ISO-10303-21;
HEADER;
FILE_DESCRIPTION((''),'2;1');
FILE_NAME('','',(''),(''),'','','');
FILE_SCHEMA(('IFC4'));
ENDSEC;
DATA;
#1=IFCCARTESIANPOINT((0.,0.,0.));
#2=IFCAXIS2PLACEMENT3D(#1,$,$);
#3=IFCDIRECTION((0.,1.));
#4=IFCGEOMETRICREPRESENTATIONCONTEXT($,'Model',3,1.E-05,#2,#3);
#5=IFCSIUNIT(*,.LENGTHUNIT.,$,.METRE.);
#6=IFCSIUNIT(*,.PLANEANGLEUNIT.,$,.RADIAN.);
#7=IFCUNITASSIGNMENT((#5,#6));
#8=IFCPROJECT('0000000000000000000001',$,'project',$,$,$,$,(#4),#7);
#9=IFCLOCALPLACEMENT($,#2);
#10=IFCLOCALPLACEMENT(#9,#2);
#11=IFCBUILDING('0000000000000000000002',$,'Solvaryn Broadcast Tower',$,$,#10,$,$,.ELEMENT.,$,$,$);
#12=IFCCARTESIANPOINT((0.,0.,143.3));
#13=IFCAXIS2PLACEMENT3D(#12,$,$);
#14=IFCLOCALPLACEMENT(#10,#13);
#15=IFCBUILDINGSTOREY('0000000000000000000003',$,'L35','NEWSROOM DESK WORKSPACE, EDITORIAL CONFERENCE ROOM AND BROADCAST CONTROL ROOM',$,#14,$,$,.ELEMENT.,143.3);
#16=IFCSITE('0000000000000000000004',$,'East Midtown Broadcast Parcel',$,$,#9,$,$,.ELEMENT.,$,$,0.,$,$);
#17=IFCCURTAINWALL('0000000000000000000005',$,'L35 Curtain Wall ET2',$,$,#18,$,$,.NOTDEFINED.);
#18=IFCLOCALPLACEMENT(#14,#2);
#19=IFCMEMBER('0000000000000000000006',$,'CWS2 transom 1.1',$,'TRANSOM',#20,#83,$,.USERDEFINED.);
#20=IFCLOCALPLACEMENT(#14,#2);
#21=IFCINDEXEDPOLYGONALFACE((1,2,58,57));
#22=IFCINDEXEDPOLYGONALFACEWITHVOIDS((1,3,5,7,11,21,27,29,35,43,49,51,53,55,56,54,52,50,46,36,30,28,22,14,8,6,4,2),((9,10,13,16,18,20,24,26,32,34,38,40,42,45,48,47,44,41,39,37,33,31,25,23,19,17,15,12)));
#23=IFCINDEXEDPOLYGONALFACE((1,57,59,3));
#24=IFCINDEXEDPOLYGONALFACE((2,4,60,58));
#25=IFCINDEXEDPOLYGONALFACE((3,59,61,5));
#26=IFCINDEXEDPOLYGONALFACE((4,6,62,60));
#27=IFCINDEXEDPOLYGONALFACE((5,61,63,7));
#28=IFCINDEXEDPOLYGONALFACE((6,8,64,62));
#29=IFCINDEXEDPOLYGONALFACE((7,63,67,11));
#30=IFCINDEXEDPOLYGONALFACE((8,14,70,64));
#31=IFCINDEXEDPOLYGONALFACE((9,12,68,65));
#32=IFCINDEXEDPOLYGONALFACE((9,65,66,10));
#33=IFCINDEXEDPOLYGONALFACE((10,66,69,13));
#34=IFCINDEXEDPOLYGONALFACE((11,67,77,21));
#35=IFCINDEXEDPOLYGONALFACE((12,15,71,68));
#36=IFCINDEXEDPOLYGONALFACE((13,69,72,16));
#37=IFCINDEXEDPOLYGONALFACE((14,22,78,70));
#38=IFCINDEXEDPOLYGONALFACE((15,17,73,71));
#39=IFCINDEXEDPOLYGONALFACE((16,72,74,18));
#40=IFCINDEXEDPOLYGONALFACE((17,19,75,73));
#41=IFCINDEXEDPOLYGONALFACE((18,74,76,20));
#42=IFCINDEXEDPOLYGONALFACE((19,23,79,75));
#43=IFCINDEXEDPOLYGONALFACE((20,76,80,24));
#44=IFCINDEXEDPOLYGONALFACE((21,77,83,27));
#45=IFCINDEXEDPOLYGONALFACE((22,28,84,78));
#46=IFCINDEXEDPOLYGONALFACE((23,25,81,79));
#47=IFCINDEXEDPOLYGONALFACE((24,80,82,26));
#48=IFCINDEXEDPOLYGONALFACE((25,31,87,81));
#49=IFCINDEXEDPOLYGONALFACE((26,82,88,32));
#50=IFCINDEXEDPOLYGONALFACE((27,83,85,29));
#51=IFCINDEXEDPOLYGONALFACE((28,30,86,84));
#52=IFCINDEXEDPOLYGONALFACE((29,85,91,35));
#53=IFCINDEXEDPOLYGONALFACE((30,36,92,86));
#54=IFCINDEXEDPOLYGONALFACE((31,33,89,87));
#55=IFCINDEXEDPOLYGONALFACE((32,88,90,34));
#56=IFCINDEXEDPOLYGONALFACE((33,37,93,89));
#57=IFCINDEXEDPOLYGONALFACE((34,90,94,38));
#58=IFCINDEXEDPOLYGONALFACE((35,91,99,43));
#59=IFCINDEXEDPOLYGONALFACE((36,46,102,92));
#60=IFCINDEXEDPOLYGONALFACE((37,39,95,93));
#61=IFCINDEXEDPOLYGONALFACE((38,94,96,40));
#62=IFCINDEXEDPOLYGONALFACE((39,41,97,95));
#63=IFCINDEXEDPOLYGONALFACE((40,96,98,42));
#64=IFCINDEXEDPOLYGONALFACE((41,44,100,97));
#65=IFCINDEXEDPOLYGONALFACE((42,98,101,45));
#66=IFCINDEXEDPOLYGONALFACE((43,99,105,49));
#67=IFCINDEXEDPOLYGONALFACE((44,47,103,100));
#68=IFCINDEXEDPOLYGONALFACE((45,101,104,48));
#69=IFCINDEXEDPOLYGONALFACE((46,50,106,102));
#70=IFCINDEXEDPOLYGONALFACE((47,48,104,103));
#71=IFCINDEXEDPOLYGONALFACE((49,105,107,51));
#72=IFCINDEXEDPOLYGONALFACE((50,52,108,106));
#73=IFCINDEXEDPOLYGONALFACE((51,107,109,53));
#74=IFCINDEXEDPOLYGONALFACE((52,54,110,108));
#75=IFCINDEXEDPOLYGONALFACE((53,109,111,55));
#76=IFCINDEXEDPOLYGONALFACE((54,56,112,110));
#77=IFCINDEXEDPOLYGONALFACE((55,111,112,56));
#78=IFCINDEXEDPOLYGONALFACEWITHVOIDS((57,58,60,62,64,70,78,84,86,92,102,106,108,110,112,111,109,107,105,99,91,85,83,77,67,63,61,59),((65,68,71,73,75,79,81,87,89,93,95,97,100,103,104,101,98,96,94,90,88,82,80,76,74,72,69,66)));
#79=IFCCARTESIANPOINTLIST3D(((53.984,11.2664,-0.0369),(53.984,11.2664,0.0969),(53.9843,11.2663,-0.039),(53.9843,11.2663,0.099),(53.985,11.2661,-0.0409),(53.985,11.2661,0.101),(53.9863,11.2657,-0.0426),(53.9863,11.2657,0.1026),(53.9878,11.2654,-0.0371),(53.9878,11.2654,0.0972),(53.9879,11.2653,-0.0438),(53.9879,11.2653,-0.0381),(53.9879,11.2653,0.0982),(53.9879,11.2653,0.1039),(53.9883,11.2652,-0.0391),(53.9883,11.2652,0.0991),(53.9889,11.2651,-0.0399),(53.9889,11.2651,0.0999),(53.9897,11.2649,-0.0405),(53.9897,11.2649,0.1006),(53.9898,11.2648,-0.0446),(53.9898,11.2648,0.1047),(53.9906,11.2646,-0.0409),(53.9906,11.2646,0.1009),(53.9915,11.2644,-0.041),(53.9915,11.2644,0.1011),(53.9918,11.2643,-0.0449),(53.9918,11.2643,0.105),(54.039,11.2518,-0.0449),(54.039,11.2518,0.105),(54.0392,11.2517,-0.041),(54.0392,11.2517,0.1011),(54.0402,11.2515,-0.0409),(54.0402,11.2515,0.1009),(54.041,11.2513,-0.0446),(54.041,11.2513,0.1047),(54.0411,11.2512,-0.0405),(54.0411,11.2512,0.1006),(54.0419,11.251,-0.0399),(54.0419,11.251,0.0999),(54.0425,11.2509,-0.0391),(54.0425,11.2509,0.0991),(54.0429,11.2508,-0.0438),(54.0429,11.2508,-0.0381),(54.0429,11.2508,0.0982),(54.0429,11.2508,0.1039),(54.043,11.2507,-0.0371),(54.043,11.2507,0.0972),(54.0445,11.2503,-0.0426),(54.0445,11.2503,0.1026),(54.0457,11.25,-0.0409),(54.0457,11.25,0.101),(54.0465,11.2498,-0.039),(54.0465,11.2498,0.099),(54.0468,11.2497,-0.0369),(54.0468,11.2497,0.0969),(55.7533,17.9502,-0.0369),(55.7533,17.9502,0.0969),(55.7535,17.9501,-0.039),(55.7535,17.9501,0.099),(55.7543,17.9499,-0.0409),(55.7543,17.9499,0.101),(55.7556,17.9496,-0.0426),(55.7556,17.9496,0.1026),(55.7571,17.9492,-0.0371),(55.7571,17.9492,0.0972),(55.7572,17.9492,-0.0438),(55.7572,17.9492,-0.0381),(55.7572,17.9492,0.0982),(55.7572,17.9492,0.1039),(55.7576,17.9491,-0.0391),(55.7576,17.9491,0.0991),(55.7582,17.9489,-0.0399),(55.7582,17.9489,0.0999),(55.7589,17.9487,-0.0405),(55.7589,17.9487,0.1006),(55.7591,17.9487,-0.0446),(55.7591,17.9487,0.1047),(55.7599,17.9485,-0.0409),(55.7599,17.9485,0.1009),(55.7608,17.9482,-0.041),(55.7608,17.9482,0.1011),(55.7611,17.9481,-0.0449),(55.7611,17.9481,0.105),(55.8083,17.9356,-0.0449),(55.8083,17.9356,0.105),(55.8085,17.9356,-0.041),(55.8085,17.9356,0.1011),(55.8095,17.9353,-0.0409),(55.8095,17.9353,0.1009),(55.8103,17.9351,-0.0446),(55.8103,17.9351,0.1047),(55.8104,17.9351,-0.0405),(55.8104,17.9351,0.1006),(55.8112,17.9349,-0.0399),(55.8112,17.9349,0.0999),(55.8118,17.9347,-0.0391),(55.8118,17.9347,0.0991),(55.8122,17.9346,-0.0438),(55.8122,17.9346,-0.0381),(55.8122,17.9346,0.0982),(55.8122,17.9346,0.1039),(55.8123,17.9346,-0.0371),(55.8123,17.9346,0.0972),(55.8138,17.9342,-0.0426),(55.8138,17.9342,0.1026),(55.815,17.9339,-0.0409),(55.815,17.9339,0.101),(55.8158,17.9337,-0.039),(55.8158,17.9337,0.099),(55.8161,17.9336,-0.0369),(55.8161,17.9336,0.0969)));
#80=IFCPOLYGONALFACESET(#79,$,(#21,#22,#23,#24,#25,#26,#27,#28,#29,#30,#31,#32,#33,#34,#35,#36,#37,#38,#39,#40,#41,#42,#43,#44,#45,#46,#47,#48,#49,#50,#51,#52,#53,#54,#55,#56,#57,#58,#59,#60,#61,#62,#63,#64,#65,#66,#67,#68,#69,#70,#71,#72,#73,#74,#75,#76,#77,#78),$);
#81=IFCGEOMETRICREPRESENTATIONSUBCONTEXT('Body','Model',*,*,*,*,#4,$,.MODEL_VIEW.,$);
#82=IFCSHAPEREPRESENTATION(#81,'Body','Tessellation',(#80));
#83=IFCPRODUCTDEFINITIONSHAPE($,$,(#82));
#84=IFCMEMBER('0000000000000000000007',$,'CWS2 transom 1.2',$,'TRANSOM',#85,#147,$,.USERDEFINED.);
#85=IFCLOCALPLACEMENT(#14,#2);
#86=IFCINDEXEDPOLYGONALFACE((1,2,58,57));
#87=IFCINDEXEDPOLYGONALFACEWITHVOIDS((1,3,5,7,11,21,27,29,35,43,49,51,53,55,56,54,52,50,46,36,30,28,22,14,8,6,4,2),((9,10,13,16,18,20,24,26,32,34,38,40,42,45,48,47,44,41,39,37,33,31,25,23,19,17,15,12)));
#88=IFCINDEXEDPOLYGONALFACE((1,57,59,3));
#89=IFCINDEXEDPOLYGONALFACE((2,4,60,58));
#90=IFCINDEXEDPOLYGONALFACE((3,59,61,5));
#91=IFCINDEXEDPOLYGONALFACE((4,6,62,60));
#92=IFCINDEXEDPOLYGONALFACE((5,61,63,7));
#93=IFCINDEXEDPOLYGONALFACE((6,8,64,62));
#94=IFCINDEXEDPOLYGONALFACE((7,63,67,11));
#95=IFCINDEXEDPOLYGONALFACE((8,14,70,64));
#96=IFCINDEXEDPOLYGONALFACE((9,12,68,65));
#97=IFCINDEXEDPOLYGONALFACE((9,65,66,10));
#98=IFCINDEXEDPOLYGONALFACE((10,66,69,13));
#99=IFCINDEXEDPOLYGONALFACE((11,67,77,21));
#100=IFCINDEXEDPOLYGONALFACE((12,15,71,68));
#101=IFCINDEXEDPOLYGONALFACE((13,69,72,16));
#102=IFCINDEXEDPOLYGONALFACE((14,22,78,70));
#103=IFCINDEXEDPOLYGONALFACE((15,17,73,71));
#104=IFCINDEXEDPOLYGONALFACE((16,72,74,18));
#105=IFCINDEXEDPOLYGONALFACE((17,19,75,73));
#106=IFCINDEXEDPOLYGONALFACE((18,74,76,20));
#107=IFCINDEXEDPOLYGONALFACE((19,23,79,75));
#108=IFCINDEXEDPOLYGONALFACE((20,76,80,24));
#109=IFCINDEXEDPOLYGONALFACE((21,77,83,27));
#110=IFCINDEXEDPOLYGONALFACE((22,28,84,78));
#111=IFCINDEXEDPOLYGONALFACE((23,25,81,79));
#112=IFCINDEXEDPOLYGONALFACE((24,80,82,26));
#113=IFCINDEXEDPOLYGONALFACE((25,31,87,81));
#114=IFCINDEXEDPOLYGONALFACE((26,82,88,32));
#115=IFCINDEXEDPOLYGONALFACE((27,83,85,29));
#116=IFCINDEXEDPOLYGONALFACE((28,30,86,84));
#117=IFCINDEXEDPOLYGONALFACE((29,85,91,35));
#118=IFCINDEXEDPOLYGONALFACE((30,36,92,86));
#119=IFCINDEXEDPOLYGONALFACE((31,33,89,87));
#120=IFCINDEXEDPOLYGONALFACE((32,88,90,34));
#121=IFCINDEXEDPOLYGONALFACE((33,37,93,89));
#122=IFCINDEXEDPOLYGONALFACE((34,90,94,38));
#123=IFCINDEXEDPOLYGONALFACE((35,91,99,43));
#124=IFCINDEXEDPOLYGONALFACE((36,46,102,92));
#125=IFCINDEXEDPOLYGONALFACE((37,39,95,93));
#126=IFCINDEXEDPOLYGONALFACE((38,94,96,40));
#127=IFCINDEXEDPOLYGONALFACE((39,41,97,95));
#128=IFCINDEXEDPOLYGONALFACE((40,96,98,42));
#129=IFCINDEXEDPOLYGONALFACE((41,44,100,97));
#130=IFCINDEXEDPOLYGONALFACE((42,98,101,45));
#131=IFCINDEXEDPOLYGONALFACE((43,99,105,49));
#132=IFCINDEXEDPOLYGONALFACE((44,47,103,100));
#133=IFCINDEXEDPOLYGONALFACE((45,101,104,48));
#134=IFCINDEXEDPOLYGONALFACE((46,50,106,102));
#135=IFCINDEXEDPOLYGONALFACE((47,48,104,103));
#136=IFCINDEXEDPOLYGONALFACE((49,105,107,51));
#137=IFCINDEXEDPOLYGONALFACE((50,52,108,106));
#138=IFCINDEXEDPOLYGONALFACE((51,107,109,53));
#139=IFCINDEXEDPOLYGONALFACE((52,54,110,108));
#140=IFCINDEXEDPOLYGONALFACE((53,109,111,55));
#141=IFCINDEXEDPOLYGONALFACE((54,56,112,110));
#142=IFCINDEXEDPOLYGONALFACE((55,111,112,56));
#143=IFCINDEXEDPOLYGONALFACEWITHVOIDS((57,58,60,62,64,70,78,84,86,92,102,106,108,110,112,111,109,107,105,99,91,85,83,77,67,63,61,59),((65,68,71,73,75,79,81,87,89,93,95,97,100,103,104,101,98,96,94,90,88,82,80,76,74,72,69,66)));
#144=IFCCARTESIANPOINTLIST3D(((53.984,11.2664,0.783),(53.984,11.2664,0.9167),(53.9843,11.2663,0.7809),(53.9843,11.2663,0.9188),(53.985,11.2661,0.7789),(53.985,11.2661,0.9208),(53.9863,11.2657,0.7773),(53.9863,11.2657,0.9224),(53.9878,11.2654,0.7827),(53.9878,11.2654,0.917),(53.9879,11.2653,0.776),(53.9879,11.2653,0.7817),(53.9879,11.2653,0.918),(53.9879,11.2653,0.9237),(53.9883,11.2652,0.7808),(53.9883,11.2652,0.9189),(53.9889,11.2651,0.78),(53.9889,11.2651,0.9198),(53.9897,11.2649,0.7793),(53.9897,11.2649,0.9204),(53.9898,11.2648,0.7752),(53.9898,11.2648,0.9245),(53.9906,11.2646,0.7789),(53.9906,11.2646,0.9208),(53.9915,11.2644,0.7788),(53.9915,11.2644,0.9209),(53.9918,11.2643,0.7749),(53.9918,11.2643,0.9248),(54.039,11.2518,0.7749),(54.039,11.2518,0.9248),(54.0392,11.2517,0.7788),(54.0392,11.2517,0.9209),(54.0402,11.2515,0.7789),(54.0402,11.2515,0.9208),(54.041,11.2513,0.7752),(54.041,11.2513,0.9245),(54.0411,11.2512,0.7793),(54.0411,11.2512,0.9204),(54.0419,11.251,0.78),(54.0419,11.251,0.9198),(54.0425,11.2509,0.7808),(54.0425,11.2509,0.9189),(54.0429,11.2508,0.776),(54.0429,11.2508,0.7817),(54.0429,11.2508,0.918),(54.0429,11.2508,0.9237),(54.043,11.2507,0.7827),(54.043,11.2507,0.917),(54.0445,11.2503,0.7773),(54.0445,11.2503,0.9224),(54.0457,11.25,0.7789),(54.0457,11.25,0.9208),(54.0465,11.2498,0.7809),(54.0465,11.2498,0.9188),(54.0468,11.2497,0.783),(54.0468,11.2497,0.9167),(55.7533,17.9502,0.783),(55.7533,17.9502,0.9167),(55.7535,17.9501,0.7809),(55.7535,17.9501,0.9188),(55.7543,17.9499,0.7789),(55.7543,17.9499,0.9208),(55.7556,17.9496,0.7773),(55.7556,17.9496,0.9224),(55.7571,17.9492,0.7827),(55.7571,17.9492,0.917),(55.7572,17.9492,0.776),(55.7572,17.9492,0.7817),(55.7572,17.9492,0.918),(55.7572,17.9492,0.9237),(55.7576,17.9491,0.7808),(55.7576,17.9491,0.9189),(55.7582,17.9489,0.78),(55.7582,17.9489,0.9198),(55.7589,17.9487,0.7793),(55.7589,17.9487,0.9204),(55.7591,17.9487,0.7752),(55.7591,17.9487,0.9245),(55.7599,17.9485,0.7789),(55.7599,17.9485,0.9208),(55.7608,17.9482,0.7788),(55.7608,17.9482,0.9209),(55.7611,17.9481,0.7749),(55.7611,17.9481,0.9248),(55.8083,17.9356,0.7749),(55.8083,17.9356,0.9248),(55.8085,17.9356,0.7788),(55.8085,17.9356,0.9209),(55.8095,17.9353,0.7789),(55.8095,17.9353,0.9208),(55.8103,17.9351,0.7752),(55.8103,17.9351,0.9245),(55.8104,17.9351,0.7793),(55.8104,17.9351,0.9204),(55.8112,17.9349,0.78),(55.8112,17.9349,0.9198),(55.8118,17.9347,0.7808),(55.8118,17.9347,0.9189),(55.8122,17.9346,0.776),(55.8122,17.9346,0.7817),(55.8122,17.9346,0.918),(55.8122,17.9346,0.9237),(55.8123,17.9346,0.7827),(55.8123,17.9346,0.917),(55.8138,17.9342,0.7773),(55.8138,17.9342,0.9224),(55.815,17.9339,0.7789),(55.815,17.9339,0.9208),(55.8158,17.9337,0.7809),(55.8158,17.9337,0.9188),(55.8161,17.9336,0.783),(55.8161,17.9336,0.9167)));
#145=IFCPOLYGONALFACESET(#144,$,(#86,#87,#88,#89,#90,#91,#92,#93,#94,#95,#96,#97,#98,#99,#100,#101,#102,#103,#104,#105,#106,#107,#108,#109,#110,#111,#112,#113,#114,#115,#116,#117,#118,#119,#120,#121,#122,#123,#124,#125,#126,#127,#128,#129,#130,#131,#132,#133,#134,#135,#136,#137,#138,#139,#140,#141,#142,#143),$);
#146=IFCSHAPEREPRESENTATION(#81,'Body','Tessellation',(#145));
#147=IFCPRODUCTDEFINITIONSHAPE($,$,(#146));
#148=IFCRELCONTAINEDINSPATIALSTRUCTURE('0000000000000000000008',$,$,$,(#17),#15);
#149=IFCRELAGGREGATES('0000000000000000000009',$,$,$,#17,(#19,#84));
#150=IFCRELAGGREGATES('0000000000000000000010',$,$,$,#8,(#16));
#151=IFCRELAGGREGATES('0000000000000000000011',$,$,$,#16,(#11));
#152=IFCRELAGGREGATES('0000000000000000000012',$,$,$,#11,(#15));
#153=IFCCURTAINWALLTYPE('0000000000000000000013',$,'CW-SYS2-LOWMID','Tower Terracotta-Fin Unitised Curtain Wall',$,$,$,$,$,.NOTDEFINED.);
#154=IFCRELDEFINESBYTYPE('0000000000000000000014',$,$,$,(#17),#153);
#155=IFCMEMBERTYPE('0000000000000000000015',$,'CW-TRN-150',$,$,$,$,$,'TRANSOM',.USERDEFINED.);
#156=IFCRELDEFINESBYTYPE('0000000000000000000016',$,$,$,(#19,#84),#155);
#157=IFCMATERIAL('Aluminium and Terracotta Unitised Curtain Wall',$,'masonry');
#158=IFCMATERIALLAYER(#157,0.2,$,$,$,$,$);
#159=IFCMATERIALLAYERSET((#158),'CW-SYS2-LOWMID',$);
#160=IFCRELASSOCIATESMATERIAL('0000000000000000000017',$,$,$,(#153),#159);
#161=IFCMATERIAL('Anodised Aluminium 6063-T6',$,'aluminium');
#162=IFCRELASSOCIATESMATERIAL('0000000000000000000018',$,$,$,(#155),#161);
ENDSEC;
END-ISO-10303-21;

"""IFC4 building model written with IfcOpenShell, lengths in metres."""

from ifc_helpers import new_model, si_unit, direction, frame, origin, origin_2d, place, context, subcontext, project, spatial, hollow_rectangle, extrude, material, layer, layer_set, material_profile, profile_set, type_object, element, aggregate, save


model = new_model("IFC4")

# Units and contexts
model_context = context("Model", 3, precision=1e-05, world=origin(), true_north=direction((0.0, 1.0)))
body_context = subcontext(model_context, "Body", "Model", "MODEL_VIEW")
ifc_project = project(units=[si_unit("LENGTHUNIT", "METRE"), si_unit("PLANEANGLEUNIT", "RADIAN")], contexts=[model_context])

# Site, building, storey
site_placement = place(None, origin())
site = spatial("IfcSite", under=ifc_project, at=site_placement, Name="East Midtown Broadcast Parcel", CompositionType="ELEMENT", RefElevation=0.0)
building_placement = place(site_placement, origin())
building = spatial("IfcBuilding", under=site, at=building_placement, Name="Solvaryn Broadcast Tower", CompositionType="ELEMENT")
storey_placement = place(building_placement, frame((0.0, 0.0, 143.3)))
storey = spatial("IfcBuildingStorey", under=building, at=storey_placement, Name="L35", Description="NEWSROOM DESK WORKSPACE, EDITORIAL CONFERENCE ROOM AND BROADCAST CONTROL ROOM", CompositionType="ELEMENT", Elevation=143.3)

# Shared definitions
ifc_material_1 = material(Name="Aluminium and Terracotta Unitised Curtain Wall", Category="masonry")
ifc_layer_1 = layer(ifc_material_1, 0.2)
ifc_layer_set_1 = layer_set([ifc_layer_1], Name="CW-SYS2-LOWMID")
curtain_wall_type = type_object("IfcCurtainWallType", Name="CW-SYS2-LOWMID", Description="Tower Terracotta-Fin Unitised Curtain Wall", PredefinedType="NOTDEFINED", material=ifc_layer_set_1)

# Curtain wall, members
curtain_wall_1_placement = place(storey_placement, origin())
curtain_wall_1 = element("IfcCurtainWall", 1, at=curtain_wall_1_placement, inside=storey, type_object=curtain_wall_type, Name="L35 Curtain Wall ET2", PredefinedType="NOTDEFINED")
ifc_material_2 = material(Name="Anodised Aluminium 6063-T6", Category="aluminium")
ifc_material_profile_1 = material_profile(ifc_material_2, hollow_rectangle(XDim=0.0649, YDim=0.1499, WallThickness=0.0039, InnerFilletRadius=0.0039, OuterFilletRadius=0.0081, at=origin_2d()))
ifc_profile_set_1 = profile_set([ifc_material_profile_1], Name="Anodised Aluminium 6063-T6")
member_type_1 = type_object("IfcMemberType", Name="CW-TRN-150", ElementType="TRANSOM", PredefinedType="USERDEFINED", material=ifc_profile_set_1)
member_1_placement = place(storey_placement, frame((55.7847, 17.9419, 0.03), z_axis=(-0.255897, -0.966704, 0.0), x_axis=(0.966704, -0.255897, 0.0)))
member_1 = element("IfcMember", 2, at=member_1_placement, type_object=member_type_1, Name="CWS2 transom 1.1", ObjectType="TRANSOM", PredefinedType="USERDEFINED", context=body_context, shape_type="SweptSolid", body=[
    extrude(hollow_rectangle(XDim=0.0649, YDim=0.1499, WallThickness=0.0039, InnerFilletRadius=0.0039, OuterFilletRadius=0.0081, at=origin_2d()), origin(), (0.0, 0.0, 1.0), 6.9141),
])
member_2_placement = place(storey_placement, frame((55.7847, 17.9419, 0.8499), z_axis=(-0.255897, -0.966704, 0.0), x_axis=(0.966704, -0.255897, 0.0)))
member_2 = element("IfcMember", 3, at=member_2_placement, type_object=member_type_1, Name="CWS2 transom 1.2", ObjectType="TRANSOM", PredefinedType="USERDEFINED", context=body_context, shape_type="SweptSolid", body=[
    extrude(hollow_rectangle(XDim=0.0649, YDim=0.1499, WallThickness=0.0039, InnerFilletRadius=0.0039, OuterFilletRadius=0.0081, at=origin_2d()), origin(), (0.0, 0.0, 1.0), 6.9141),
])

aggregate(curtain_wall_1, [member_1, member_2])

save(model, "model.ifc")
